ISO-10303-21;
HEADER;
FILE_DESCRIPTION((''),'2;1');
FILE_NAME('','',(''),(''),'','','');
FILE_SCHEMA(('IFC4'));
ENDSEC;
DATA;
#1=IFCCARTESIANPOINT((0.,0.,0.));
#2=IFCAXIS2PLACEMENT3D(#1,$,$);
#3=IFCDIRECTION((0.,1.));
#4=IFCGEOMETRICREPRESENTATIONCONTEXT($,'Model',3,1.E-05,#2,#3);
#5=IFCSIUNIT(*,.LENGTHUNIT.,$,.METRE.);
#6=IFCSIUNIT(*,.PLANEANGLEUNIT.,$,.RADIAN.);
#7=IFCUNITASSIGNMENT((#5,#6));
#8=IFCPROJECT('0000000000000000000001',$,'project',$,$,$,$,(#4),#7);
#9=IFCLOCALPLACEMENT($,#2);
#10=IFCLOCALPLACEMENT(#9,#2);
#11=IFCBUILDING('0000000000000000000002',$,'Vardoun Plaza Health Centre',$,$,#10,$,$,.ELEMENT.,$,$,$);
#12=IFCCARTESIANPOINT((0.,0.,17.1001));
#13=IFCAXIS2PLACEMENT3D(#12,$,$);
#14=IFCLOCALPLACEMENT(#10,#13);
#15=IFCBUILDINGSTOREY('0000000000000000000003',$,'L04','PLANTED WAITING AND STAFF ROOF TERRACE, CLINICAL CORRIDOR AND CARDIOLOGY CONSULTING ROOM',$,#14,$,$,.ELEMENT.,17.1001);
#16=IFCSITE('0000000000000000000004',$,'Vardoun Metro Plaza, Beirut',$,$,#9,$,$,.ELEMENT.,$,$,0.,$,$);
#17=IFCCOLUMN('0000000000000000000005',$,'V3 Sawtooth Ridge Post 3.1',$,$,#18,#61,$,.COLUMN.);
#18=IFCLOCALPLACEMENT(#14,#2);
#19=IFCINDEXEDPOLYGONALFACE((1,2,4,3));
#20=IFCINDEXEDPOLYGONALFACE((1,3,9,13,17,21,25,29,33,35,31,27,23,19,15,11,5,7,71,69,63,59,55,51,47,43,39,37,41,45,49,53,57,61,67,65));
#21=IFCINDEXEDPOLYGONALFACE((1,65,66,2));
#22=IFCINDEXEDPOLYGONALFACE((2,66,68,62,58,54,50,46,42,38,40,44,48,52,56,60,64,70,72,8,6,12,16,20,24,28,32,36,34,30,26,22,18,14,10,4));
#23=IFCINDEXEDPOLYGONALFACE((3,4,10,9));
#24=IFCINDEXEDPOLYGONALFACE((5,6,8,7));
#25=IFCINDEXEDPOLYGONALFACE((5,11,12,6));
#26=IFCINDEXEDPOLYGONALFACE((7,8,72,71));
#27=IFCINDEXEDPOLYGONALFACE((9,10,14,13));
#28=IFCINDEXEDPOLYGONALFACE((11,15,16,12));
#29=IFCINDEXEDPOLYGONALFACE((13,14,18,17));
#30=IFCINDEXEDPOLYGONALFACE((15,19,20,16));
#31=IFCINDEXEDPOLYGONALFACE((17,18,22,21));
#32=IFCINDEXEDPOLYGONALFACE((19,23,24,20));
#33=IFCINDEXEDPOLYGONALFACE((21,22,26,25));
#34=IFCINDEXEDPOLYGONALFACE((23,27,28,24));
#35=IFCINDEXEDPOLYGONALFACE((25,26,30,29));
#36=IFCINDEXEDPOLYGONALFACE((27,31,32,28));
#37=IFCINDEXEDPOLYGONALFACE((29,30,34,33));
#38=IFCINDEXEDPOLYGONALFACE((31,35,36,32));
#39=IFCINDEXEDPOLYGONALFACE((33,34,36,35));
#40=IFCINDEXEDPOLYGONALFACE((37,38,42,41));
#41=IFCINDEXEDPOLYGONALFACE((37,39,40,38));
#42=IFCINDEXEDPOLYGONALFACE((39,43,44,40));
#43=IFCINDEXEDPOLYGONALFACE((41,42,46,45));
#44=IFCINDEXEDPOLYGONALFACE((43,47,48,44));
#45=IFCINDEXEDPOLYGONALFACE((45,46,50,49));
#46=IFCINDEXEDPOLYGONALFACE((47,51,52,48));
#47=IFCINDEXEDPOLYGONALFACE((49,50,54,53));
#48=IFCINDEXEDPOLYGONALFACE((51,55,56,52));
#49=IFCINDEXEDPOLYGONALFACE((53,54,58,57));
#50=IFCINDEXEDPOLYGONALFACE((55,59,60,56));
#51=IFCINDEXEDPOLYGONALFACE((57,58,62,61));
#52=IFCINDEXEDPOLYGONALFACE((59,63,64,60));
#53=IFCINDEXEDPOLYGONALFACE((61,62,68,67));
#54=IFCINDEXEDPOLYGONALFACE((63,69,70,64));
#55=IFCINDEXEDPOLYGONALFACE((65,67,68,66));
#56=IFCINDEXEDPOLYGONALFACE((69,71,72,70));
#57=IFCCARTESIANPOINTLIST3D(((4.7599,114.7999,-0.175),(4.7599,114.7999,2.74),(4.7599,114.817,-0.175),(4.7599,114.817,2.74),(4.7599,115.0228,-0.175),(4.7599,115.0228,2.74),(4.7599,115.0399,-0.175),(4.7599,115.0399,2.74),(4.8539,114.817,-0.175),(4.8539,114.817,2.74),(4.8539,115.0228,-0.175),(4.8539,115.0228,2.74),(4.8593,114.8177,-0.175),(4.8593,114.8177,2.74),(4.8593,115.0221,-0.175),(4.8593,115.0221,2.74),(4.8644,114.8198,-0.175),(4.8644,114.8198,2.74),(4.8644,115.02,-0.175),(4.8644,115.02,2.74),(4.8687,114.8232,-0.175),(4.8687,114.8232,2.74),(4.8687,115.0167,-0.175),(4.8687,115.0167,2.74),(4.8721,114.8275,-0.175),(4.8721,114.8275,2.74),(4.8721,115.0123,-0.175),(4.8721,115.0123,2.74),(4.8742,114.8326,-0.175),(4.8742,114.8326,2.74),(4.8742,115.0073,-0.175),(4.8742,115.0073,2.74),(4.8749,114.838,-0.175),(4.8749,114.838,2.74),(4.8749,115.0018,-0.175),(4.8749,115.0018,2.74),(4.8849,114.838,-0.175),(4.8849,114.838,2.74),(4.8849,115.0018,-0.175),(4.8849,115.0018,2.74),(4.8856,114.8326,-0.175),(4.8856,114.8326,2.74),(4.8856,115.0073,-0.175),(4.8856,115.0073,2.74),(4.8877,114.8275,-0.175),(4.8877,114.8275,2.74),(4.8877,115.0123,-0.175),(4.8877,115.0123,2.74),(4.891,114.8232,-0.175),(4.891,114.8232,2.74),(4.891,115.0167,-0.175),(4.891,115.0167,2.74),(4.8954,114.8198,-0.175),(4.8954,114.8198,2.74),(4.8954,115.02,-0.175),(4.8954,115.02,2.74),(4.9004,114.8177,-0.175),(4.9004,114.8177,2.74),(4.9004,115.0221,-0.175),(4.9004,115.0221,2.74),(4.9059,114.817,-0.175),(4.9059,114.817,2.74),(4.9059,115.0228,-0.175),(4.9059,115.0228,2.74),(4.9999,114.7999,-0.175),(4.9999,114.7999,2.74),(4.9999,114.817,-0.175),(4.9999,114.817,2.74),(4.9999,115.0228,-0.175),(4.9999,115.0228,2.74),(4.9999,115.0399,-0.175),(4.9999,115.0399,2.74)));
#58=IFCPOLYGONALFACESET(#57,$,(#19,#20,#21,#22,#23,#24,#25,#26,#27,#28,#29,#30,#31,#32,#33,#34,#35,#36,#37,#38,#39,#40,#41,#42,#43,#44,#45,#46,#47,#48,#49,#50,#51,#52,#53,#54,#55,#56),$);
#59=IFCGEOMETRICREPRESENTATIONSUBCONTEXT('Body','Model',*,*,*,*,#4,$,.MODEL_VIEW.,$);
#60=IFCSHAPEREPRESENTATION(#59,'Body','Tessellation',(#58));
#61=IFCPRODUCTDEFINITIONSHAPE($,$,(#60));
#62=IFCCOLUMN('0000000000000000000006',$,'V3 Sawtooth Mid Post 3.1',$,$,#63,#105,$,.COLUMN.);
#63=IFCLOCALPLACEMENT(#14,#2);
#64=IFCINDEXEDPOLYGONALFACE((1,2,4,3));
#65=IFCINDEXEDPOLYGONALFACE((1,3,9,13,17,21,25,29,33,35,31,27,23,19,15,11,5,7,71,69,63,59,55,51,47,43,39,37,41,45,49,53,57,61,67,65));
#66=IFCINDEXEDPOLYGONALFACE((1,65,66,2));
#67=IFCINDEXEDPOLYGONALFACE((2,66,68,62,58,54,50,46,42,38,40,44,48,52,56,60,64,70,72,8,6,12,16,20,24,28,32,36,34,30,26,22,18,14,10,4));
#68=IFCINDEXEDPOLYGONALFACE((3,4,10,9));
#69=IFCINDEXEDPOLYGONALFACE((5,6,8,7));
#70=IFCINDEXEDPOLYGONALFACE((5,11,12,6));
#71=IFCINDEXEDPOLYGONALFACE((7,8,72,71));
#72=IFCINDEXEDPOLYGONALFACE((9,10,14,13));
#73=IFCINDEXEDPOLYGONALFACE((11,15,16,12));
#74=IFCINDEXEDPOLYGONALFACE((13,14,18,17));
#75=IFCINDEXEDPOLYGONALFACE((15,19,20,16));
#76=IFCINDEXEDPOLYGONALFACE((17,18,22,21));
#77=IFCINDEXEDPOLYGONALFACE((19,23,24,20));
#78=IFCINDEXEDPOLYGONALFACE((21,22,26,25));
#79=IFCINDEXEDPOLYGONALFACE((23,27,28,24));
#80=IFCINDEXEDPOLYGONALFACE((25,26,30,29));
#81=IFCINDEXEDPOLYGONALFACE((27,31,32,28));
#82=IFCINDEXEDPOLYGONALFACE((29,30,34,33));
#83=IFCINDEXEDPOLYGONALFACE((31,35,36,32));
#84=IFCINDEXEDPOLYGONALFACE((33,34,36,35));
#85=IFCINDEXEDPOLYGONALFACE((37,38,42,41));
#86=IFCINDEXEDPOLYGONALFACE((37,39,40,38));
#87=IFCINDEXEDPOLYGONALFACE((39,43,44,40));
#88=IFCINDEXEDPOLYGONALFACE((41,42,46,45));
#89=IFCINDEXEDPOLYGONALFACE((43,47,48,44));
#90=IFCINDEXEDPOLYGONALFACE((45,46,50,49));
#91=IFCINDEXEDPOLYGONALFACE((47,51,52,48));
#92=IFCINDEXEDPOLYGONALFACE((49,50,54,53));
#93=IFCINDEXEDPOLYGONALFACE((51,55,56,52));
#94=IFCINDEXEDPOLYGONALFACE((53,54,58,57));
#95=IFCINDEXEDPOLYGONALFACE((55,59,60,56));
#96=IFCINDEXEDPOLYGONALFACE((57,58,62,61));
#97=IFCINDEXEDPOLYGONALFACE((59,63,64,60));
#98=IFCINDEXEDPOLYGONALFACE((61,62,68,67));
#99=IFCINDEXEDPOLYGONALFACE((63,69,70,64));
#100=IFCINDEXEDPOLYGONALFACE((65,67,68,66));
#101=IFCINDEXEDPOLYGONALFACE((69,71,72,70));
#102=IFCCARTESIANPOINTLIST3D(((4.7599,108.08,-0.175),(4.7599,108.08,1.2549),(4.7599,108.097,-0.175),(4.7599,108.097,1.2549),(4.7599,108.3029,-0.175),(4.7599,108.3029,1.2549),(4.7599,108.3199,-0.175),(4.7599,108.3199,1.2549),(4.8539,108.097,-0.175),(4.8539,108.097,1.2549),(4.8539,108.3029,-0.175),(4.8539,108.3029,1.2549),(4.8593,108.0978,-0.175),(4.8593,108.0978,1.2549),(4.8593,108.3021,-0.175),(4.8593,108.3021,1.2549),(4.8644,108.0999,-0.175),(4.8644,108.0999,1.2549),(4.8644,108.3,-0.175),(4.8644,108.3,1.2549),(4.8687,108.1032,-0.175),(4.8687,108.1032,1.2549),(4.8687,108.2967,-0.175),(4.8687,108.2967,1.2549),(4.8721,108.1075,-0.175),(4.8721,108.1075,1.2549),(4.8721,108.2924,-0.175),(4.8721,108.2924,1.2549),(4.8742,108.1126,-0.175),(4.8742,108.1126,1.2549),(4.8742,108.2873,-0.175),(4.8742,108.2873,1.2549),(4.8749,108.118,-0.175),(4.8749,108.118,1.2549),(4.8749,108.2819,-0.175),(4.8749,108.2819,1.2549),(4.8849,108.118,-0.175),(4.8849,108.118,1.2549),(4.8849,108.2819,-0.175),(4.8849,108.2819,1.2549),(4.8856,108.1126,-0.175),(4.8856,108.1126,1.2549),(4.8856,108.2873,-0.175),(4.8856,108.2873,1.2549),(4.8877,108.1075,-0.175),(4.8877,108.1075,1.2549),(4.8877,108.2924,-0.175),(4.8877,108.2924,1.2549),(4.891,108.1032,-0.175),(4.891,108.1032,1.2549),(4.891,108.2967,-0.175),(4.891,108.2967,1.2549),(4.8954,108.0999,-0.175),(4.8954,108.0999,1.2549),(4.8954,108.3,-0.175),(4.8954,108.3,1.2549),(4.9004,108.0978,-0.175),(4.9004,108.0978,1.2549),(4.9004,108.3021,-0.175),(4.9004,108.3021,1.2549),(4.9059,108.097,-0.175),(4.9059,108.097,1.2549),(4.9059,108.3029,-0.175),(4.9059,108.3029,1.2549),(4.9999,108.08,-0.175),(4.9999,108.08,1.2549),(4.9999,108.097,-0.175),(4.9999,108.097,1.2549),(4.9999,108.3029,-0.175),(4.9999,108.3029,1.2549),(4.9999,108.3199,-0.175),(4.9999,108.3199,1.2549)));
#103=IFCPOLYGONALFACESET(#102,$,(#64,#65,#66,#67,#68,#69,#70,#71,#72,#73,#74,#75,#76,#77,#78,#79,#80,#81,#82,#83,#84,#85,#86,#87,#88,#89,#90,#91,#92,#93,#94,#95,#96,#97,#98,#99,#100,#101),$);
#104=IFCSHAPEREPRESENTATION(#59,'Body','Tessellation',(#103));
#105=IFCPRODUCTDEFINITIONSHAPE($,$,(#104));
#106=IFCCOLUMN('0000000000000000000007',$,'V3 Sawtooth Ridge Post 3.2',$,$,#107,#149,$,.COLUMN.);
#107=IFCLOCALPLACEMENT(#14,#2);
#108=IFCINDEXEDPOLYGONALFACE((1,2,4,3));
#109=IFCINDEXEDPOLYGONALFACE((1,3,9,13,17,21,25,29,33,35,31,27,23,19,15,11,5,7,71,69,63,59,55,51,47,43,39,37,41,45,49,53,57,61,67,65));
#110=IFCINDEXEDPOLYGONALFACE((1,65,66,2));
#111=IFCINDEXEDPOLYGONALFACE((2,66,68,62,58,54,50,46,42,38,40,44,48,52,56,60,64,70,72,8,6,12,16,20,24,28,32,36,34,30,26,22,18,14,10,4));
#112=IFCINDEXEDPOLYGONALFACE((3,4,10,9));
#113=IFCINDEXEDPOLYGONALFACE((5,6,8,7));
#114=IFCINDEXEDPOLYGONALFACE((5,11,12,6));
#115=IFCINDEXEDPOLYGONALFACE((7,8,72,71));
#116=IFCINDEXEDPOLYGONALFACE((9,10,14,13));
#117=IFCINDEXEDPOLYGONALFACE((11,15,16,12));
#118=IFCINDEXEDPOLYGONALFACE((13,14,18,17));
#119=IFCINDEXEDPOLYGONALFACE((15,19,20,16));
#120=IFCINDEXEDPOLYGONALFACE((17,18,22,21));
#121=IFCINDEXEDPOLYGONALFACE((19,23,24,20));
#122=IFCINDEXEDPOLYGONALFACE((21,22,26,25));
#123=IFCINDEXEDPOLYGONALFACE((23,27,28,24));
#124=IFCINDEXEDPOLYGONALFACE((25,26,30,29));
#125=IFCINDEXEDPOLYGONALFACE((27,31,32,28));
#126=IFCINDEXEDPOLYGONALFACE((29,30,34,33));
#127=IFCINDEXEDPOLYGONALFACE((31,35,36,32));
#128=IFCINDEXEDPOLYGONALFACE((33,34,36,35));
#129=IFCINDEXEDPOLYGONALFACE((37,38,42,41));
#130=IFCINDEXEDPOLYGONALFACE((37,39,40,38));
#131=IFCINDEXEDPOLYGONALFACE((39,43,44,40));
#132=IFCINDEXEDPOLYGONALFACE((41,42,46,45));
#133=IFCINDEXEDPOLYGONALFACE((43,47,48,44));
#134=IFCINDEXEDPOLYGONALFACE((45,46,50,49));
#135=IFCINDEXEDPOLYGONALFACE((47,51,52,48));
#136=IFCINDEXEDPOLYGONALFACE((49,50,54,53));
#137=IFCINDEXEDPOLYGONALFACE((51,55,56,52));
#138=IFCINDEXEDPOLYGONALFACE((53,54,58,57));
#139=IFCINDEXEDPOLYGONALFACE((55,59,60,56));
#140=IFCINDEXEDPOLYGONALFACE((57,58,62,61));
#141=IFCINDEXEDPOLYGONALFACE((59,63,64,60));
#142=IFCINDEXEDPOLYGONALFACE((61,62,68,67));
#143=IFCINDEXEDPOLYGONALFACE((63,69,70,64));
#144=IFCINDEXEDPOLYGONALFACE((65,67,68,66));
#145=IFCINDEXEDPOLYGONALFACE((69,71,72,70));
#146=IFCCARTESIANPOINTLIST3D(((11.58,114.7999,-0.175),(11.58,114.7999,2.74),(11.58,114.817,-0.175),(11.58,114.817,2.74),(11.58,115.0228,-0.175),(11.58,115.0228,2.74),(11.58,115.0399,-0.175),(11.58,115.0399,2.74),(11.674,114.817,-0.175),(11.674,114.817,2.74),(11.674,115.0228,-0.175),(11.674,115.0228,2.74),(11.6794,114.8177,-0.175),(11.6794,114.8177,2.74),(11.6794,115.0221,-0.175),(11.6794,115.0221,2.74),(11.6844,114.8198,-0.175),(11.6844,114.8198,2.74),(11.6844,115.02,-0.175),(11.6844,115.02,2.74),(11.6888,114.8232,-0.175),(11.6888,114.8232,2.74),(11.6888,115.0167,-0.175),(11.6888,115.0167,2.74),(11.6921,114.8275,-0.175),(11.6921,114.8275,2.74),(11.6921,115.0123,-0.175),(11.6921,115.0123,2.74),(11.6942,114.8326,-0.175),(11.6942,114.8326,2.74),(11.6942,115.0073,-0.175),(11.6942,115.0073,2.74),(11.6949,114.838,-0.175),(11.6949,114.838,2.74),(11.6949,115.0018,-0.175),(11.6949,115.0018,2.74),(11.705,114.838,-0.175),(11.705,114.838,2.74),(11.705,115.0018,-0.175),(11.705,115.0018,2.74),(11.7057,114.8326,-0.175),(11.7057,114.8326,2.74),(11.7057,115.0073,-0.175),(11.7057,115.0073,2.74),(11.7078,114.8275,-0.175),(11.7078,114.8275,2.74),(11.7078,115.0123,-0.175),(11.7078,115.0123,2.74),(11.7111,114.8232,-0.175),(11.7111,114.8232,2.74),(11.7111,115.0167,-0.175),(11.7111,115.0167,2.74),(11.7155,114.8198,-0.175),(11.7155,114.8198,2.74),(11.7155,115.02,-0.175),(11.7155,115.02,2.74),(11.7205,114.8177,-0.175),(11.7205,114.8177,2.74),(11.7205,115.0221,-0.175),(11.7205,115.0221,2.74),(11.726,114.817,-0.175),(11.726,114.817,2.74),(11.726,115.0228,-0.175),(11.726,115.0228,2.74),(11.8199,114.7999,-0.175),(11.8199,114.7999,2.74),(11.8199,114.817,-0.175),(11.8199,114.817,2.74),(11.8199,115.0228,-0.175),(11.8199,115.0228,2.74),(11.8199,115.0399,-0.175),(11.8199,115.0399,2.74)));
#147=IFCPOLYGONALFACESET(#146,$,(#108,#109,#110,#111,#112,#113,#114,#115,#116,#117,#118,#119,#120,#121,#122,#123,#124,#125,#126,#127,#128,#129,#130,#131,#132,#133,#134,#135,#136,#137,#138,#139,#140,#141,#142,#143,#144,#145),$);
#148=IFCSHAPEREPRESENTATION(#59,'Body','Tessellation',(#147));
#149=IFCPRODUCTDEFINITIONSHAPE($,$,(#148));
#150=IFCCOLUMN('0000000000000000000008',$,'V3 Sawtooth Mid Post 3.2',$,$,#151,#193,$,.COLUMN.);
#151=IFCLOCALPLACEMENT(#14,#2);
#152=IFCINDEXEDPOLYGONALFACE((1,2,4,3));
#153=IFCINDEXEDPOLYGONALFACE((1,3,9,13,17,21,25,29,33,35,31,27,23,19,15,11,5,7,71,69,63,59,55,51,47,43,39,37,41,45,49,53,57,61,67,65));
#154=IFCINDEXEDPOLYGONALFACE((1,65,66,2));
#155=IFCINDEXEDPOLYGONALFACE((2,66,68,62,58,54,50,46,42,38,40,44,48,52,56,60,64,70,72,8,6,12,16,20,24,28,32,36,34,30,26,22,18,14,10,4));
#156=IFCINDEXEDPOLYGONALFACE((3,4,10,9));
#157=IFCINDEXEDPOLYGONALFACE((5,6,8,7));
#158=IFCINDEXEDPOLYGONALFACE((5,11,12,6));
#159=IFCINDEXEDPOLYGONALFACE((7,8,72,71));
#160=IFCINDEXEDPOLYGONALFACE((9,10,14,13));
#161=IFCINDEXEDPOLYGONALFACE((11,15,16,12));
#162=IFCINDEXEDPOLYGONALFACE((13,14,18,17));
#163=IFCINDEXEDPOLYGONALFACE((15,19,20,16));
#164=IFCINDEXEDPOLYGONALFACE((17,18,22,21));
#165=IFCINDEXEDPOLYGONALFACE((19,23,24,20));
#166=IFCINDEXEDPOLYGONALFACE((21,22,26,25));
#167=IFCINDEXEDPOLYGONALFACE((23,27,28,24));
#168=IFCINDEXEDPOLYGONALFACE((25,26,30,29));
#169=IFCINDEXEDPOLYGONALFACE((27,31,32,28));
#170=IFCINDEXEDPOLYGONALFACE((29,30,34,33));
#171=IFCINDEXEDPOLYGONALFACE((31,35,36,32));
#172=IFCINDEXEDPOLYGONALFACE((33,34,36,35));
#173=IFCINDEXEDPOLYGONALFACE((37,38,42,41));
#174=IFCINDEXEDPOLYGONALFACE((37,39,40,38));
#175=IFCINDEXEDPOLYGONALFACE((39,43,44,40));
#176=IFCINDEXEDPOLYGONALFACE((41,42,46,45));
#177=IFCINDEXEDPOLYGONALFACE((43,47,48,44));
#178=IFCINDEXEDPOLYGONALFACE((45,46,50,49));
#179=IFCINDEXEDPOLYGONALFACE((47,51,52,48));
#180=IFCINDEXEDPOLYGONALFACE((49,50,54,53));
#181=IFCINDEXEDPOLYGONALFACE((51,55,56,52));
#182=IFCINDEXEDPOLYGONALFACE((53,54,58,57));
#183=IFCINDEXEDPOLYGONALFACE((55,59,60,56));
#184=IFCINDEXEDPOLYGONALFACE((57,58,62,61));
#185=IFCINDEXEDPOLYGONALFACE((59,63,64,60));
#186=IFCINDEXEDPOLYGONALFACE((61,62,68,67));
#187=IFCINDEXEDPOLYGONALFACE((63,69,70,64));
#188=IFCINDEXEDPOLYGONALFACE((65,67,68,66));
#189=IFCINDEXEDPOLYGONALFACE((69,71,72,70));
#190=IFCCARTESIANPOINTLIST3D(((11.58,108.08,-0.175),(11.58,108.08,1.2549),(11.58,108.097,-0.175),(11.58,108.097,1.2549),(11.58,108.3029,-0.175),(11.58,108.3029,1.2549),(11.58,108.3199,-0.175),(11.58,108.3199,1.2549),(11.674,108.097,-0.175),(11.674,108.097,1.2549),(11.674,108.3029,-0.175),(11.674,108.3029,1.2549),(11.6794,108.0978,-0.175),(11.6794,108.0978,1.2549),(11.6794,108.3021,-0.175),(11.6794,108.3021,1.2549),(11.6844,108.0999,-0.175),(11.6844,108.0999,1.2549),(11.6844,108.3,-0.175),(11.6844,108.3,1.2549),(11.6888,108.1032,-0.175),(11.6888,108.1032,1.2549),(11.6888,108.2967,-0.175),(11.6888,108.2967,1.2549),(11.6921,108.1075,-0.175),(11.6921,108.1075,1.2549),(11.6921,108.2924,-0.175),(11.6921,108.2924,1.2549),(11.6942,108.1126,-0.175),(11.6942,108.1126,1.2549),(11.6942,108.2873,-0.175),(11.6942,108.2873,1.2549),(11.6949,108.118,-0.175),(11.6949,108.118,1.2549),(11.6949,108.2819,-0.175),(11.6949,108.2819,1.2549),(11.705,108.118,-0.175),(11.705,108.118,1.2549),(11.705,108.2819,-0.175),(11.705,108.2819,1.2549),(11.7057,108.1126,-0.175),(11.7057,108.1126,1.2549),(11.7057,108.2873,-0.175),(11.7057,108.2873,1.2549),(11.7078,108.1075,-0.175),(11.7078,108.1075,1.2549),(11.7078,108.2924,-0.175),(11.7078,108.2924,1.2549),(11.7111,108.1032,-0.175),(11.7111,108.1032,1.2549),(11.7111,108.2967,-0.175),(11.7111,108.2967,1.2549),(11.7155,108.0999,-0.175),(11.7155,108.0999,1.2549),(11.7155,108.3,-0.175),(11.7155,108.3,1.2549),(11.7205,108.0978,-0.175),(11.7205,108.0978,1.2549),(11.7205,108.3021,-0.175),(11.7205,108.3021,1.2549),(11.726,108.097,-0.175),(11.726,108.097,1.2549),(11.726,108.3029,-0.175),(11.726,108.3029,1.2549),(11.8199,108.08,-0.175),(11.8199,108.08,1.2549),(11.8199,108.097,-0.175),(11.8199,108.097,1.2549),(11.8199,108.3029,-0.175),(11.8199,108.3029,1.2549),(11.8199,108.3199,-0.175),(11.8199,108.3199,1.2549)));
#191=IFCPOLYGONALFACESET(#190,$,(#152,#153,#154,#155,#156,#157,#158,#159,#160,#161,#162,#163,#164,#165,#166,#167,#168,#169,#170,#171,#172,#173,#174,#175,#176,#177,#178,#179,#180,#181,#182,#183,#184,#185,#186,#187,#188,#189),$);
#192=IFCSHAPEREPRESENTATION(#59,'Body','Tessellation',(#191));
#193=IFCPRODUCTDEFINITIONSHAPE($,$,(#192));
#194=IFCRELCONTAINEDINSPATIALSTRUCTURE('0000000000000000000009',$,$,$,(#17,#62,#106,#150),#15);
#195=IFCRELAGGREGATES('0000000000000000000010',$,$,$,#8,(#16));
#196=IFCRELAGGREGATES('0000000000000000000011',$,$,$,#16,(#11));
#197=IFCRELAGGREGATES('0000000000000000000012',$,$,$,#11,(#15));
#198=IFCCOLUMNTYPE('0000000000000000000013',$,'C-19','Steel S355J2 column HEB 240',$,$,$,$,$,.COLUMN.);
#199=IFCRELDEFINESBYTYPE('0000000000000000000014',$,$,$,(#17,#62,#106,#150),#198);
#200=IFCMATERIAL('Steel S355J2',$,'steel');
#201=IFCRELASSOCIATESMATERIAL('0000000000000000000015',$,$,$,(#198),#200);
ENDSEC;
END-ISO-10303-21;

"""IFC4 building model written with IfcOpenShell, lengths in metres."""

from ifc_helpers import new_model, si_unit, direction, frame, origin, origin_2d, place, context, subcontext, project, spatial, i_section, extrude, material, material_profile, profile_set, type_object, element, save


model = new_model("IFC4")

# Units and contexts
model_context = context("Model", 3, precision=1e-05, world=origin(), true_north=direction((0.0, 1.0)))
body_context = subcontext(model_context, "Body", "Model", "MODEL_VIEW")
ifc_project = project(units=[si_unit("LENGTHUNIT", "METRE"), si_unit("PLANEANGLEUNIT", "RADIAN")], contexts=[model_context])

# Site, building, storey
site_placement = place(None, origin())
site = spatial("IfcSite", under=ifc_project, at=site_placement, Name="Vardoun Metro Plaza, Beirut", CompositionType="ELEMENT", RefElevation=0.0)
building_placement = place(site_placement, origin())
building = spatial("IfcBuilding", under=site, at=building_placement, Name="Vardoun Plaza Health Centre", CompositionType="ELEMENT")
storey_placement = place(building_placement, frame((0.0, 0.0, 17.1001)))
storey = spatial("IfcBuildingStorey", under=building, at=storey_placement, Name="L04", Description="PLANTED WAITING AND STAFF ROOF TERRACE, CLINICAL CORRIDOR AND CARDIOLOGY CONSULTING ROOM", CompositionType="ELEMENT", Elevation=17.1001)

# Columns
ifc_material_1 = material(Name="Steel S355J2", Category="steel")
ifc_material_profile_1 = material_profile(ifc_material_1, i_section(OverallWidth=0.24, OverallDepth=0.24, WebThickness=0.01, FlangeThickness=0.0171, FilletRadius=0.021, at=origin_2d()), Name="HEB 240")
ifc_profile_set_1 = profile_set([ifc_material_profile_1], Name="Steel S355J2")
column_type = type_object("IfcColumnType", Name="C-19", Description="Steel S355J2 column HEB 240", PredefinedType="COLUMN", material=ifc_profile_set_1)
column_1_placement = place(storey_placement, frame((4.8799, 114.9199, -0.175), z_axis=(0.0, 0.0, 1.0), x_axis=(1.0, 0.0, 0.0)))
element("IfcColumn", 1, at=column_1_placement, inside=storey, type_object=column_type, Name="V3 Sawtooth Ridge Post 3.1", PredefinedType="COLUMN", context=body_context, shape_type="SweptSolid", body=[
    extrude(i_section(OverallWidth=0.24, OverallDepth=0.24, WebThickness=0.01, FlangeThickness=0.0171, FilletRadius=0.021, at=origin_2d()), origin(), (0.0, 0.0, 1.0), 2.915),
])
column_2_placement = place(storey_placement, frame((4.8799, 108.2, -0.175), z_axis=(0.0, 0.0, 1.0), x_axis=(1.0, 0.0, 0.0)))
element("IfcColumn", 2, at=column_2_placement, inside=storey, type_object=column_type, Name="V3 Sawtooth Mid Post 3.1", PredefinedType="COLUMN", context=body_context, shape_type="SweptSolid", body=[
    extrude(i_section(OverallWidth=0.24, OverallDepth=0.24, WebThickness=0.01, FlangeThickness=0.0171, FilletRadius=0.021, at=origin_2d()), origin(), (0.0, 0.0, 1.0), 1.4299),
])
column_3_placement = place(storey_placement, frame((11.7, 114.9199, -0.175), z_axis=(0.0, 0.0, 1.0), x_axis=(1.0, 0.0, 0.0)))
element("IfcColumn", 3, at=column_3_placement, inside=storey, type_object=column_type, Name="V3 Sawtooth Ridge Post 3.2", PredefinedType="COLUMN", context=body_context, shape_type="SweptSolid", body=[
    extrude(i_section(OverallWidth=0.24, OverallDepth=0.24, WebThickness=0.01, FlangeThickness=0.0171, FilletRadius=0.021, at=origin_2d()), origin(), (0.0, 0.0, 1.0), 2.915),
])
column_4_placement = place(storey_placement, frame((11.7, 108.2, -0.175), z_axis=(0.0, 0.0, 1.0), x_axis=(1.0, 0.0, 0.0)))
element("IfcColumn", 4, at=column_4_placement, inside=storey, type_object=column_type, Name="V3 Sawtooth Mid Post 3.2", PredefinedType="COLUMN", context=body_context, shape_type="SweptSolid", body=[
    extrude(i_section(OverallWidth=0.24, OverallDepth=0.24, WebThickness=0.01, FlangeThickness=0.0171, FilletRadius=0.021, at=origin_2d()), origin(), (0.0, 0.0, 1.0), 1.4299),
])

save(model, "model.ifc")
